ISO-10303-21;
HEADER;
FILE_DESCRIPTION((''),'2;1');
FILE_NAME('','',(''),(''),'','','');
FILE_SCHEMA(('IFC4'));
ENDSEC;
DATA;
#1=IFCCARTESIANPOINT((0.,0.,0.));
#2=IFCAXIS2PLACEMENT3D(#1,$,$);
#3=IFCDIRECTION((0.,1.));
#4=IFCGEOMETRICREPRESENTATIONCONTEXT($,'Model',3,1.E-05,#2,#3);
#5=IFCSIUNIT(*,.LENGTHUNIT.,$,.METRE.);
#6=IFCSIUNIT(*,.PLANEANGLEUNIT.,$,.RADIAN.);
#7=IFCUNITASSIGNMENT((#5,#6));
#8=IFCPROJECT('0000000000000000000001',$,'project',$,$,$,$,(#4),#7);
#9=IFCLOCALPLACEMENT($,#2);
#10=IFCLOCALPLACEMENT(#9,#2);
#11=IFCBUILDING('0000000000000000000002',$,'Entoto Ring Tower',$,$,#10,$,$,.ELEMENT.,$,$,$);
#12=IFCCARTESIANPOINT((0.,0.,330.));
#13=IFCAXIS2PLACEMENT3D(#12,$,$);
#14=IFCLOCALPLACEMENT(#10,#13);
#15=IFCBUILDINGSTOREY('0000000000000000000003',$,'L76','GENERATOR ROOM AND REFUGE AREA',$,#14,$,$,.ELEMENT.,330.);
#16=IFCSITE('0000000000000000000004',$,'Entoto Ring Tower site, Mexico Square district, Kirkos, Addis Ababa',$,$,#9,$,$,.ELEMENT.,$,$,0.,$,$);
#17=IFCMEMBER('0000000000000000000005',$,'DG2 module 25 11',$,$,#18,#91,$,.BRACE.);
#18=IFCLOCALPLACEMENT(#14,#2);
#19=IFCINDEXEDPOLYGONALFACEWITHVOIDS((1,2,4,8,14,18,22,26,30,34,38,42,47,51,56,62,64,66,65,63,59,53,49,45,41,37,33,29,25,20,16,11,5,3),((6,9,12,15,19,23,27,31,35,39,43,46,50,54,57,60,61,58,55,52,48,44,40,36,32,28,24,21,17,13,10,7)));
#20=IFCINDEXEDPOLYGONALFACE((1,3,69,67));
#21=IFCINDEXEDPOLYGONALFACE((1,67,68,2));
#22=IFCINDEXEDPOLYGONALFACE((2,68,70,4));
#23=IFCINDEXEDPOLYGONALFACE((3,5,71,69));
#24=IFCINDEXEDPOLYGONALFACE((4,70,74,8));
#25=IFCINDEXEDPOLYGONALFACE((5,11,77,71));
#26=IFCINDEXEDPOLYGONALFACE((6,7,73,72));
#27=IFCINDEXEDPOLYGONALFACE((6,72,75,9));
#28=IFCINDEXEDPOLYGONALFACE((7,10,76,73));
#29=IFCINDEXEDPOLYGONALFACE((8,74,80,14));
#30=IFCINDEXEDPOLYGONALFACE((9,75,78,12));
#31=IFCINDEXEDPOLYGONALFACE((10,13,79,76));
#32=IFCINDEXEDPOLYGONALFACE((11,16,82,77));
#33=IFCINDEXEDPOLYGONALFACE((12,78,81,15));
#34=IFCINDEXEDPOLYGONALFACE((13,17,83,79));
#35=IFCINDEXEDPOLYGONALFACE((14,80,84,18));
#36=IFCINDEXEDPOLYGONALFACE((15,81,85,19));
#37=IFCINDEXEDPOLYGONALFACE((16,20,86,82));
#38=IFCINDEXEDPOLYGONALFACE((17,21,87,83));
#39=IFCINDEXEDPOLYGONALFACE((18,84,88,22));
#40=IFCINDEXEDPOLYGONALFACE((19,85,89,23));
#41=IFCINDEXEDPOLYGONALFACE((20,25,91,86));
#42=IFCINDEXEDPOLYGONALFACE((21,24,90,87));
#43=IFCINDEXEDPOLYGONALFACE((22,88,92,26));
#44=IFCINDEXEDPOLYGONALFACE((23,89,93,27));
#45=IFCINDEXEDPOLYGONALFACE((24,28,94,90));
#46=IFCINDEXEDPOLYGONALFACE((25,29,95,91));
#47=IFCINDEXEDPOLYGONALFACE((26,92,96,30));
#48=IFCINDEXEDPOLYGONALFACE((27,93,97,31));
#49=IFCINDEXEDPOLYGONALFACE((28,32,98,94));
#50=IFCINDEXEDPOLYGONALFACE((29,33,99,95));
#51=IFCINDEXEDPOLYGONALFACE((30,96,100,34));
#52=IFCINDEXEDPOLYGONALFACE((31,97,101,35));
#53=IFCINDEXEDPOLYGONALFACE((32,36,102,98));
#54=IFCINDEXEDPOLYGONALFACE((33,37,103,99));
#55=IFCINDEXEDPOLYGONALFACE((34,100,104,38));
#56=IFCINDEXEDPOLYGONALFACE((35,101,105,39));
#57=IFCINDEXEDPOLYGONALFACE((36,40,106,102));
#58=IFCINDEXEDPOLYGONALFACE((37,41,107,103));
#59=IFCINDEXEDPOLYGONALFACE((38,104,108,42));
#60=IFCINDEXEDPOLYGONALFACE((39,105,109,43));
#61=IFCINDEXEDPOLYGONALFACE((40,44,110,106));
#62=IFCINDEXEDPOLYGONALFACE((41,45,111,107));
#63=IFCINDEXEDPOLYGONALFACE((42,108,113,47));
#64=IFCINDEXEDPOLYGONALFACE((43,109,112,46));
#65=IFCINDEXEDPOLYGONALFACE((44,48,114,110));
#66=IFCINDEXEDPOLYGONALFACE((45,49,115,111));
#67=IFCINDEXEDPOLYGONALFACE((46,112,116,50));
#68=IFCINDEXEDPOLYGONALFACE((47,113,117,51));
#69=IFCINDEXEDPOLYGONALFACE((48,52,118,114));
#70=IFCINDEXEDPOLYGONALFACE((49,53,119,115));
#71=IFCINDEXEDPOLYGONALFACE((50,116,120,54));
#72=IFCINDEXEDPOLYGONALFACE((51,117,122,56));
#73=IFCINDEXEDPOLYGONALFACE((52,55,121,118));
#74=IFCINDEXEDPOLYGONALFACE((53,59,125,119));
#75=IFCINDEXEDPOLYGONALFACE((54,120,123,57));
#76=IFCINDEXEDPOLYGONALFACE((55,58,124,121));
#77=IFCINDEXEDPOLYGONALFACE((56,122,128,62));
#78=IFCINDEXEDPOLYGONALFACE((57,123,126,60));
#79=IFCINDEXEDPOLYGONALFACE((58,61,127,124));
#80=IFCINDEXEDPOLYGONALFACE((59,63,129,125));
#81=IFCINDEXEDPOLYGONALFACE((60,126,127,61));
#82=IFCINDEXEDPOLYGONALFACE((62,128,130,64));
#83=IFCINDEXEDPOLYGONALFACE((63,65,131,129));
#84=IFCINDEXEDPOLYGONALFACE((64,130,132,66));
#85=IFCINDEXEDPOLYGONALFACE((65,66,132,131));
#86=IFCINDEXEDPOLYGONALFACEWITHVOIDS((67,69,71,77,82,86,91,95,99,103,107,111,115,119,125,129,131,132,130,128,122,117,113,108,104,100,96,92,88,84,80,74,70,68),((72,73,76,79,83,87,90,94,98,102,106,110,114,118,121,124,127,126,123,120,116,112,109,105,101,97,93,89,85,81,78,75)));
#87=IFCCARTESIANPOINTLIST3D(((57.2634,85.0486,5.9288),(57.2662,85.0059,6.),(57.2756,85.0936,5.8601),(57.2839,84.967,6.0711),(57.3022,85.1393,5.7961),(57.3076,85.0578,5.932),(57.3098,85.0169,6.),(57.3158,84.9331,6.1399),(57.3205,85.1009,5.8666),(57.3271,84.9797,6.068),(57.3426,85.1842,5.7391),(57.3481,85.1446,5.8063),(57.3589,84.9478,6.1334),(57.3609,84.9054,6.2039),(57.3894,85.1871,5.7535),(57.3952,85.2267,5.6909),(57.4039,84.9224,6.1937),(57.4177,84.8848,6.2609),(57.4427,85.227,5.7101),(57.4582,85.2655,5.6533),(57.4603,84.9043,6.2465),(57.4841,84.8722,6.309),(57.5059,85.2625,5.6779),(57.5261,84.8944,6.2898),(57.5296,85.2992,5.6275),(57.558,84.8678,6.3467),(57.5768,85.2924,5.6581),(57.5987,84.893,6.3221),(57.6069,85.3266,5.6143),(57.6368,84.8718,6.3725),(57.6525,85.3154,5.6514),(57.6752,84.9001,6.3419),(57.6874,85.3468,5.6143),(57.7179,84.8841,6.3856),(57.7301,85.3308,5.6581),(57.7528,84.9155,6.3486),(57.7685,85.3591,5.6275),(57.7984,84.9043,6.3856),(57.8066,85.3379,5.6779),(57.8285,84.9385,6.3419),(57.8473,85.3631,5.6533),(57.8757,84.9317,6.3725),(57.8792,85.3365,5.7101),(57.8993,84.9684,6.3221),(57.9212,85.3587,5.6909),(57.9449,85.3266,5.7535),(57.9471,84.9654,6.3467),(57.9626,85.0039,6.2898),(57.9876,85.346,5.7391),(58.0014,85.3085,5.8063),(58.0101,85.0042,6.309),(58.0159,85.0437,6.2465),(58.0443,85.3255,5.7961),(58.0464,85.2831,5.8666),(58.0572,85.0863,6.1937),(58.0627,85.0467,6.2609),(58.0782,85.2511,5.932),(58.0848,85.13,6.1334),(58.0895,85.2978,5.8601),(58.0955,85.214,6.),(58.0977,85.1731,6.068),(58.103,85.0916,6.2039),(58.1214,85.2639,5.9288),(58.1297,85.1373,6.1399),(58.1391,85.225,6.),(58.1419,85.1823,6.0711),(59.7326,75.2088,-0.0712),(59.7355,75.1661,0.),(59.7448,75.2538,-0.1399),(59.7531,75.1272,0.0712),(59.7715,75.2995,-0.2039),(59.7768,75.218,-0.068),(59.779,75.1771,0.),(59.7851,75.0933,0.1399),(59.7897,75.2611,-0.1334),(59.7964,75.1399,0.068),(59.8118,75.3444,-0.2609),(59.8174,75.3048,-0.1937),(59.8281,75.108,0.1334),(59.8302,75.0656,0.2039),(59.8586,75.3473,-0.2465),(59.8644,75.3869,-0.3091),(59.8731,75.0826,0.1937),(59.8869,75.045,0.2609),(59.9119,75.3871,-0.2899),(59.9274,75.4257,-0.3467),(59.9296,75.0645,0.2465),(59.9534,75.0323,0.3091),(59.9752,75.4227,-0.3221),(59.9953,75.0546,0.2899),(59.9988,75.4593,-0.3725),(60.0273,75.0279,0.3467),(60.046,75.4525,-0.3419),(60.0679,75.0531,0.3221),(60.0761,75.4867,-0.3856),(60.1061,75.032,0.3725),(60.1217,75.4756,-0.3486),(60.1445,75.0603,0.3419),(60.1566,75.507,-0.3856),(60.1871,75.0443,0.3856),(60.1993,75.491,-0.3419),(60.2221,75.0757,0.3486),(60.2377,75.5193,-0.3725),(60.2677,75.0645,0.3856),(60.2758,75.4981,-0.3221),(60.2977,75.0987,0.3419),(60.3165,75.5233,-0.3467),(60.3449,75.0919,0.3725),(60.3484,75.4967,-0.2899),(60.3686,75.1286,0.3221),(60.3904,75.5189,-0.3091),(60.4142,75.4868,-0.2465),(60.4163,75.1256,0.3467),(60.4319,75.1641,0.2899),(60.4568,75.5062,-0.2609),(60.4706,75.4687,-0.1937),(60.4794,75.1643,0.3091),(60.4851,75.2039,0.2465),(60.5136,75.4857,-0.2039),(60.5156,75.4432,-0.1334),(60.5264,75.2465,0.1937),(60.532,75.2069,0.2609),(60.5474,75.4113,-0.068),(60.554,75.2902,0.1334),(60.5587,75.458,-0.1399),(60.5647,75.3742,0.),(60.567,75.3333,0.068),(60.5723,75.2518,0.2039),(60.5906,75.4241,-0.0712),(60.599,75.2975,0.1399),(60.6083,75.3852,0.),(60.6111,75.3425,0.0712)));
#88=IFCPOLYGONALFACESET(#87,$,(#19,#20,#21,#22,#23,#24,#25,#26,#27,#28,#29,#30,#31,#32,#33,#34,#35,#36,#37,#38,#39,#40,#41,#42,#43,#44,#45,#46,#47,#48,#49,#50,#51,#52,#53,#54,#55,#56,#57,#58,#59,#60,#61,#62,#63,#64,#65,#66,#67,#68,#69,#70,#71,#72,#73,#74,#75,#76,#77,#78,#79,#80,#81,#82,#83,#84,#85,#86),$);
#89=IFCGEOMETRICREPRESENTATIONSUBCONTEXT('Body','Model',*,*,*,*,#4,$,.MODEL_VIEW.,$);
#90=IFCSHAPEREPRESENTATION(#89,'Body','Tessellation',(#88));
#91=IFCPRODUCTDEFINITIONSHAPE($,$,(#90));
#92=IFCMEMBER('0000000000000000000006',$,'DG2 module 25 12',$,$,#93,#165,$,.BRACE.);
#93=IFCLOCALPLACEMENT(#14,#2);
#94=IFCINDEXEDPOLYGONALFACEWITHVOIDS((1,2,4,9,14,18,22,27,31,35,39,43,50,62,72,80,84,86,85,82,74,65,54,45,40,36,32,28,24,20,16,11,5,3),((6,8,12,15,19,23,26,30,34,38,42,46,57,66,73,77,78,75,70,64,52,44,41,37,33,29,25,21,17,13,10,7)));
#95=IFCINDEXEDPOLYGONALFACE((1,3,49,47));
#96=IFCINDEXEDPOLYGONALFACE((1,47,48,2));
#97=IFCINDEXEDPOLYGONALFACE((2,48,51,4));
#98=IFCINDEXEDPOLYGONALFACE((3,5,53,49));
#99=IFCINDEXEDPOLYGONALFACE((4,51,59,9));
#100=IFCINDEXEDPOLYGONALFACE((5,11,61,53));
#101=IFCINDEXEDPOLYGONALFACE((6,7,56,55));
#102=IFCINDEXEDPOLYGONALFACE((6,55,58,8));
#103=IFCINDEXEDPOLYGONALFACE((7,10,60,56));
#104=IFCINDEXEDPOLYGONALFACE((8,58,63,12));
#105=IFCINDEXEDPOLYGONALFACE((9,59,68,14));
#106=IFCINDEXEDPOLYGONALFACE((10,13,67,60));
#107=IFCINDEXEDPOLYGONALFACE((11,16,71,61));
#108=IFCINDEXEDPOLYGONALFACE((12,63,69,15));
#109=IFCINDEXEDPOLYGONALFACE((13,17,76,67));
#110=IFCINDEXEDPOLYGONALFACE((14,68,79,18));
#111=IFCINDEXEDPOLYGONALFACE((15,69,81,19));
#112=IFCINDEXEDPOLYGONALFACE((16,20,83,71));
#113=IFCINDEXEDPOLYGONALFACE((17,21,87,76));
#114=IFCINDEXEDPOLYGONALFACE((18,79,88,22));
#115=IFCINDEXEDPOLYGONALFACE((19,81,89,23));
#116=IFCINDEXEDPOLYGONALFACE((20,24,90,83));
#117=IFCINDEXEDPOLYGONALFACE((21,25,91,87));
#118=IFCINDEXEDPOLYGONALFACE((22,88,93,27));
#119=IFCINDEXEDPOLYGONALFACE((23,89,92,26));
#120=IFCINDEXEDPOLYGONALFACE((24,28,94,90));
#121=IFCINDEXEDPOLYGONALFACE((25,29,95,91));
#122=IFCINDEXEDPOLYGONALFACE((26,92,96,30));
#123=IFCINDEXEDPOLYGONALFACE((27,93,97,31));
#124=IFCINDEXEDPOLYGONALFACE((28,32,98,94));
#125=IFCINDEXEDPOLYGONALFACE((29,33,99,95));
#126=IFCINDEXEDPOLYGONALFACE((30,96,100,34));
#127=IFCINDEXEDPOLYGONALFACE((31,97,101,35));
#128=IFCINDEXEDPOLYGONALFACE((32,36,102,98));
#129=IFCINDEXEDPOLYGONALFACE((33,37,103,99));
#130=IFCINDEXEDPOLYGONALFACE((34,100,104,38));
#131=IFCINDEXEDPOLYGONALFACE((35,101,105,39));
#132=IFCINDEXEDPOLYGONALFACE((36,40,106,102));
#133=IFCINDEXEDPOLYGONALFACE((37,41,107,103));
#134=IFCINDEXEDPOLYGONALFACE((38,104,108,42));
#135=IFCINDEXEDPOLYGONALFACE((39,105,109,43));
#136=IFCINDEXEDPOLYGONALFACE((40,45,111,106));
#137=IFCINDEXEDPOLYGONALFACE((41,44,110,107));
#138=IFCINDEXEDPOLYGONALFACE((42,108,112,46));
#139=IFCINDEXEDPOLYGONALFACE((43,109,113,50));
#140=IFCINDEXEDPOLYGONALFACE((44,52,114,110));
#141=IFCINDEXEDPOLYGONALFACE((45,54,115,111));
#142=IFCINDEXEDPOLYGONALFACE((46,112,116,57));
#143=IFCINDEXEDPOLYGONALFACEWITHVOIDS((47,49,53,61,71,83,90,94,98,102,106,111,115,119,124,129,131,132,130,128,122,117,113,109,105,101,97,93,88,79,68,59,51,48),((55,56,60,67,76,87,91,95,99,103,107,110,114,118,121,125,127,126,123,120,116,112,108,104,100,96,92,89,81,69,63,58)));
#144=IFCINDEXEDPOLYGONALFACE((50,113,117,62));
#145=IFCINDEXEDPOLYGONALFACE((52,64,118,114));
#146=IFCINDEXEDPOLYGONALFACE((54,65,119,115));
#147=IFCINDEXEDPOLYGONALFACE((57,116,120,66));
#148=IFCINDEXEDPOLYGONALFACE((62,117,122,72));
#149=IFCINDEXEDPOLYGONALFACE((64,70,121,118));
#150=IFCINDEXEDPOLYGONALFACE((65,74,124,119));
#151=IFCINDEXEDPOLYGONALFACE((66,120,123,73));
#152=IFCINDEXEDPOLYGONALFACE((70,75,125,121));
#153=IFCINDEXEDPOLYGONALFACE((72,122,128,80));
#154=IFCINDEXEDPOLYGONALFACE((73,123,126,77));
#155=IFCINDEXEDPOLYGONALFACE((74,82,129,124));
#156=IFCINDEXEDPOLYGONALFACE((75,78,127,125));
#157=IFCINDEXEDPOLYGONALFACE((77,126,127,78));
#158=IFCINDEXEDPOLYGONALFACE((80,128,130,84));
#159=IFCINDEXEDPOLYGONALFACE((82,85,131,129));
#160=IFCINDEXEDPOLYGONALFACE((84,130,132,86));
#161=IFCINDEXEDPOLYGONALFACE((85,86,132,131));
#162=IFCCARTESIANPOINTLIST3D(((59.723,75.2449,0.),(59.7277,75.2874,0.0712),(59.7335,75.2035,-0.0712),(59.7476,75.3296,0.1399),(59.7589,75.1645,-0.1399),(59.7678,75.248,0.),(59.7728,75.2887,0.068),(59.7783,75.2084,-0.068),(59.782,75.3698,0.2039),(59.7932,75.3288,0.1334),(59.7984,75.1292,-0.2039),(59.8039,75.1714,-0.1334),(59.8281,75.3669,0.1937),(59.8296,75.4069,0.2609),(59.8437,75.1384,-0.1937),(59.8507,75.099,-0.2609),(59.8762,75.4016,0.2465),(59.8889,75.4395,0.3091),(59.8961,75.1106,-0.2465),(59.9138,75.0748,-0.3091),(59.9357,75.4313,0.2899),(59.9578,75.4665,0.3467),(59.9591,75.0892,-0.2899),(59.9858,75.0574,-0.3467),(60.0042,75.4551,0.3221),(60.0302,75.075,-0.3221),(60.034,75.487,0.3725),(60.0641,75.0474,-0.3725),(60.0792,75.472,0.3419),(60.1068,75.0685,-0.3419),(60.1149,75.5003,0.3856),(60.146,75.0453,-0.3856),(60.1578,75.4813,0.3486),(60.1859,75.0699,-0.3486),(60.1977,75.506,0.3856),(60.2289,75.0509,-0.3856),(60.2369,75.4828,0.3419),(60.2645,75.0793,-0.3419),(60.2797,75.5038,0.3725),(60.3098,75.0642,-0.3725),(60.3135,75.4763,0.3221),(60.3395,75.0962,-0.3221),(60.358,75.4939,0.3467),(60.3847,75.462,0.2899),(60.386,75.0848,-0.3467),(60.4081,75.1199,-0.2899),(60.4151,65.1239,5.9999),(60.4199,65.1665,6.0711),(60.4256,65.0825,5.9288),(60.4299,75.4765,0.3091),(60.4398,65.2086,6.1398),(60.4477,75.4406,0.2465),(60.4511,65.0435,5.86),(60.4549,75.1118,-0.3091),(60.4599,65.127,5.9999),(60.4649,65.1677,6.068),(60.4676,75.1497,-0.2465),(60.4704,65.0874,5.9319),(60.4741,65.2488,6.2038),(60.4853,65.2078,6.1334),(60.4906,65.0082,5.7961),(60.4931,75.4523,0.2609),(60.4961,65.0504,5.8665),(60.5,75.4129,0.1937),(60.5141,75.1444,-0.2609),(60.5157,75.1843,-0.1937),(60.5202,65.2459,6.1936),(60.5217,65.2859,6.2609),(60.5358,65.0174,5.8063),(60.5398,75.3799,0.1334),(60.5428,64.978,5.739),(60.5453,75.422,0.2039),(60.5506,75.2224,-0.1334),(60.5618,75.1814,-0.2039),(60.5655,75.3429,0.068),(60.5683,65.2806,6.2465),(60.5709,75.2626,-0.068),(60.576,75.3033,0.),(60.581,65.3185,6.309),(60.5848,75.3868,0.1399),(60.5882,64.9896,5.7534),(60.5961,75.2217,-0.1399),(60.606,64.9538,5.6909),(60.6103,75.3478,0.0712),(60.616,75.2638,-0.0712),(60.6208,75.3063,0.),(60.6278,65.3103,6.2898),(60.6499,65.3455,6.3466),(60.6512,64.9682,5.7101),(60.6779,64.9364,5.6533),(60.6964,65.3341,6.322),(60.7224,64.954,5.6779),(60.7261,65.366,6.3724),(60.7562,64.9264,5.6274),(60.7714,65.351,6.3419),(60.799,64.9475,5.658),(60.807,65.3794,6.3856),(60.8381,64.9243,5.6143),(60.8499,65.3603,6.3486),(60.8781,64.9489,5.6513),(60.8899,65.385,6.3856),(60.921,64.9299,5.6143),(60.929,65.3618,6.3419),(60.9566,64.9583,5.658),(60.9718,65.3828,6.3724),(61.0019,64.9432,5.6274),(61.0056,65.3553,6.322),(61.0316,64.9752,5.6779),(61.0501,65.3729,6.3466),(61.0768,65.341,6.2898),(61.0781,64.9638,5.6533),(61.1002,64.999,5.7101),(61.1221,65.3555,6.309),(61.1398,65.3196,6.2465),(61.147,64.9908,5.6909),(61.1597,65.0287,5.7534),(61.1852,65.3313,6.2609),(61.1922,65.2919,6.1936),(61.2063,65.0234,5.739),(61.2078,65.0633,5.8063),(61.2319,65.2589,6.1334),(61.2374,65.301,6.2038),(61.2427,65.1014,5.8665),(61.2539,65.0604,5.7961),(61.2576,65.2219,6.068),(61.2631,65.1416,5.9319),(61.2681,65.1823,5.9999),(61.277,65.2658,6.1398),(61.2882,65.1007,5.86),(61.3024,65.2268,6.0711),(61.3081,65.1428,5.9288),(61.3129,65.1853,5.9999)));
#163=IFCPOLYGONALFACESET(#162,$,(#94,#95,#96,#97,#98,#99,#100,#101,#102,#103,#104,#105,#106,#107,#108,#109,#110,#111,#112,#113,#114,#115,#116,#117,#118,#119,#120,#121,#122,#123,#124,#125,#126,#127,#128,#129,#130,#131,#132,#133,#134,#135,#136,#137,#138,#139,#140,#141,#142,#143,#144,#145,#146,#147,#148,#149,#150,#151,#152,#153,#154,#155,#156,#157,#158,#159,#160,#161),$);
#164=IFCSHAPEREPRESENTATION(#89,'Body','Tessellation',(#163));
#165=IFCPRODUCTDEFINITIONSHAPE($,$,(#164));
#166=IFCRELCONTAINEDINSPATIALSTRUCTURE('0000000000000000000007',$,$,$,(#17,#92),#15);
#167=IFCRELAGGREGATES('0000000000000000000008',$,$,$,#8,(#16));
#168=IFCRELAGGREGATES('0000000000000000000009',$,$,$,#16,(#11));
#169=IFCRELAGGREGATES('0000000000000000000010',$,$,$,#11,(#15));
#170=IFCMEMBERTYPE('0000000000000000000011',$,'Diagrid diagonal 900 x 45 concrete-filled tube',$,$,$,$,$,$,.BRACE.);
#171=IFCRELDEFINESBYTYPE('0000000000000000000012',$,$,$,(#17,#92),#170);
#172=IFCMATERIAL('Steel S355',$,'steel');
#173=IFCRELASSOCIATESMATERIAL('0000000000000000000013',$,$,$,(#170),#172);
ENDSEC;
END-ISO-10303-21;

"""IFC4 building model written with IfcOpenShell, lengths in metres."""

from ifc_helpers import new_model, si_unit, direction, frame, origin, origin_2d, place, context, subcontext, project, spatial, circle, hollow_circle, extrude, material, material_profile, profile_set, type_object, element, save


model = new_model("IFC4")

# Units and contexts
model_context = context("Model", 3, precision=1e-05, world=origin(), true_north=direction((0.0, 1.0)))
body_context = subcontext(model_context, "Body", "Model", "MODEL_VIEW")
ifc_project = project(units=[si_unit("LENGTHUNIT", "METRE"), si_unit("PLANEANGLEUNIT", "RADIAN")], contexts=[model_context])

# Site, building, storey
site_placement = place(None, origin())
site = spatial("IfcSite", under=ifc_project, at=site_placement, Name="Entoto Ring Tower site, Mexico Square district, Kirkos, Addis Ababa", CompositionType="ELEMENT", RefElevation=0.0)
building_placement = place(site_placement, origin())
building = spatial("IfcBuilding", under=site, at=building_placement, Name="Entoto Ring Tower", CompositionType="ELEMENT")
storey_placement = place(building_placement, frame((0.0, 0.0, 330.0)))
storey = spatial("IfcBuildingStorey", under=building, at=storey_placement, Name="L76", Description="GENERATOR ROOM AND REFUGE AREA", CompositionType="ELEMENT", Elevation=330.0)

# Members
ifc_material_1 = material(Name="Steel S355", Category="steel")
ifc_material_profile_1 = material_profile(ifc_material_1, hollow_circle(Radius=0.45, WallThickness=0.0449, at=origin_2d()), Name="CHS 900 x 45")
ifc_material_2 = material(Name="Concrete C60/75", Category="concrete")
ifc_material_profile_2 = material_profile(ifc_material_2, circle(Radius=0.405, at=origin_2d()), Name="Concrete C60/75 infill")
ifc_profile_set_1 = profile_set([ifc_material_profile_1, ifc_material_profile_2], Name="Steel S355")
member_type_1 = type_object("IfcMemberType", Name="Diagrid diagonal 900 x 45 concrete-filled tube", PredefinedType="BRACE", material=ifc_profile_set_1)
member_1_placement = place(storey_placement, frame((60.1719, 75.2756, 0.0), z_axis=(-0.209499, 0.834846, 0.50906), x_axis=(-0.969927, -0.243396, 0.0)))
element("IfcMember", 1, at=member_1_placement, inside=storey, type_object=member_type_1, Name="DG2 module 25 11", PredefinedType="BRACE", context=body_context, shape_type="SweptSolid", body=[
    extrude(hollow_circle(Radius=0.45, WallThickness=0.0449, at=origin_2d()), origin(), (0.0, 0.0, 1.0), 11.7864),
])
member_2_placement = place(storey_placement, frame((60.1719, 75.2756, 0.0), z_axis=(0.058724, -0.858721, 0.509068), x_axis=(0.99767, 0.068226, 0.0)))
element("IfcMember", 2, at=member_2_placement, inside=storey, type_object=member_type_1, Name="DG2 module 25 12", PredefinedType="BRACE", context=body_context, shape_type="SweptSolid", body=[
    extrude(hollow_circle(Radius=0.45, WallThickness=0.0449, at=origin_2d()), origin(), (0.0, 0.0, 1.0), 11.7861),
])

save(model, "model.ifc")
